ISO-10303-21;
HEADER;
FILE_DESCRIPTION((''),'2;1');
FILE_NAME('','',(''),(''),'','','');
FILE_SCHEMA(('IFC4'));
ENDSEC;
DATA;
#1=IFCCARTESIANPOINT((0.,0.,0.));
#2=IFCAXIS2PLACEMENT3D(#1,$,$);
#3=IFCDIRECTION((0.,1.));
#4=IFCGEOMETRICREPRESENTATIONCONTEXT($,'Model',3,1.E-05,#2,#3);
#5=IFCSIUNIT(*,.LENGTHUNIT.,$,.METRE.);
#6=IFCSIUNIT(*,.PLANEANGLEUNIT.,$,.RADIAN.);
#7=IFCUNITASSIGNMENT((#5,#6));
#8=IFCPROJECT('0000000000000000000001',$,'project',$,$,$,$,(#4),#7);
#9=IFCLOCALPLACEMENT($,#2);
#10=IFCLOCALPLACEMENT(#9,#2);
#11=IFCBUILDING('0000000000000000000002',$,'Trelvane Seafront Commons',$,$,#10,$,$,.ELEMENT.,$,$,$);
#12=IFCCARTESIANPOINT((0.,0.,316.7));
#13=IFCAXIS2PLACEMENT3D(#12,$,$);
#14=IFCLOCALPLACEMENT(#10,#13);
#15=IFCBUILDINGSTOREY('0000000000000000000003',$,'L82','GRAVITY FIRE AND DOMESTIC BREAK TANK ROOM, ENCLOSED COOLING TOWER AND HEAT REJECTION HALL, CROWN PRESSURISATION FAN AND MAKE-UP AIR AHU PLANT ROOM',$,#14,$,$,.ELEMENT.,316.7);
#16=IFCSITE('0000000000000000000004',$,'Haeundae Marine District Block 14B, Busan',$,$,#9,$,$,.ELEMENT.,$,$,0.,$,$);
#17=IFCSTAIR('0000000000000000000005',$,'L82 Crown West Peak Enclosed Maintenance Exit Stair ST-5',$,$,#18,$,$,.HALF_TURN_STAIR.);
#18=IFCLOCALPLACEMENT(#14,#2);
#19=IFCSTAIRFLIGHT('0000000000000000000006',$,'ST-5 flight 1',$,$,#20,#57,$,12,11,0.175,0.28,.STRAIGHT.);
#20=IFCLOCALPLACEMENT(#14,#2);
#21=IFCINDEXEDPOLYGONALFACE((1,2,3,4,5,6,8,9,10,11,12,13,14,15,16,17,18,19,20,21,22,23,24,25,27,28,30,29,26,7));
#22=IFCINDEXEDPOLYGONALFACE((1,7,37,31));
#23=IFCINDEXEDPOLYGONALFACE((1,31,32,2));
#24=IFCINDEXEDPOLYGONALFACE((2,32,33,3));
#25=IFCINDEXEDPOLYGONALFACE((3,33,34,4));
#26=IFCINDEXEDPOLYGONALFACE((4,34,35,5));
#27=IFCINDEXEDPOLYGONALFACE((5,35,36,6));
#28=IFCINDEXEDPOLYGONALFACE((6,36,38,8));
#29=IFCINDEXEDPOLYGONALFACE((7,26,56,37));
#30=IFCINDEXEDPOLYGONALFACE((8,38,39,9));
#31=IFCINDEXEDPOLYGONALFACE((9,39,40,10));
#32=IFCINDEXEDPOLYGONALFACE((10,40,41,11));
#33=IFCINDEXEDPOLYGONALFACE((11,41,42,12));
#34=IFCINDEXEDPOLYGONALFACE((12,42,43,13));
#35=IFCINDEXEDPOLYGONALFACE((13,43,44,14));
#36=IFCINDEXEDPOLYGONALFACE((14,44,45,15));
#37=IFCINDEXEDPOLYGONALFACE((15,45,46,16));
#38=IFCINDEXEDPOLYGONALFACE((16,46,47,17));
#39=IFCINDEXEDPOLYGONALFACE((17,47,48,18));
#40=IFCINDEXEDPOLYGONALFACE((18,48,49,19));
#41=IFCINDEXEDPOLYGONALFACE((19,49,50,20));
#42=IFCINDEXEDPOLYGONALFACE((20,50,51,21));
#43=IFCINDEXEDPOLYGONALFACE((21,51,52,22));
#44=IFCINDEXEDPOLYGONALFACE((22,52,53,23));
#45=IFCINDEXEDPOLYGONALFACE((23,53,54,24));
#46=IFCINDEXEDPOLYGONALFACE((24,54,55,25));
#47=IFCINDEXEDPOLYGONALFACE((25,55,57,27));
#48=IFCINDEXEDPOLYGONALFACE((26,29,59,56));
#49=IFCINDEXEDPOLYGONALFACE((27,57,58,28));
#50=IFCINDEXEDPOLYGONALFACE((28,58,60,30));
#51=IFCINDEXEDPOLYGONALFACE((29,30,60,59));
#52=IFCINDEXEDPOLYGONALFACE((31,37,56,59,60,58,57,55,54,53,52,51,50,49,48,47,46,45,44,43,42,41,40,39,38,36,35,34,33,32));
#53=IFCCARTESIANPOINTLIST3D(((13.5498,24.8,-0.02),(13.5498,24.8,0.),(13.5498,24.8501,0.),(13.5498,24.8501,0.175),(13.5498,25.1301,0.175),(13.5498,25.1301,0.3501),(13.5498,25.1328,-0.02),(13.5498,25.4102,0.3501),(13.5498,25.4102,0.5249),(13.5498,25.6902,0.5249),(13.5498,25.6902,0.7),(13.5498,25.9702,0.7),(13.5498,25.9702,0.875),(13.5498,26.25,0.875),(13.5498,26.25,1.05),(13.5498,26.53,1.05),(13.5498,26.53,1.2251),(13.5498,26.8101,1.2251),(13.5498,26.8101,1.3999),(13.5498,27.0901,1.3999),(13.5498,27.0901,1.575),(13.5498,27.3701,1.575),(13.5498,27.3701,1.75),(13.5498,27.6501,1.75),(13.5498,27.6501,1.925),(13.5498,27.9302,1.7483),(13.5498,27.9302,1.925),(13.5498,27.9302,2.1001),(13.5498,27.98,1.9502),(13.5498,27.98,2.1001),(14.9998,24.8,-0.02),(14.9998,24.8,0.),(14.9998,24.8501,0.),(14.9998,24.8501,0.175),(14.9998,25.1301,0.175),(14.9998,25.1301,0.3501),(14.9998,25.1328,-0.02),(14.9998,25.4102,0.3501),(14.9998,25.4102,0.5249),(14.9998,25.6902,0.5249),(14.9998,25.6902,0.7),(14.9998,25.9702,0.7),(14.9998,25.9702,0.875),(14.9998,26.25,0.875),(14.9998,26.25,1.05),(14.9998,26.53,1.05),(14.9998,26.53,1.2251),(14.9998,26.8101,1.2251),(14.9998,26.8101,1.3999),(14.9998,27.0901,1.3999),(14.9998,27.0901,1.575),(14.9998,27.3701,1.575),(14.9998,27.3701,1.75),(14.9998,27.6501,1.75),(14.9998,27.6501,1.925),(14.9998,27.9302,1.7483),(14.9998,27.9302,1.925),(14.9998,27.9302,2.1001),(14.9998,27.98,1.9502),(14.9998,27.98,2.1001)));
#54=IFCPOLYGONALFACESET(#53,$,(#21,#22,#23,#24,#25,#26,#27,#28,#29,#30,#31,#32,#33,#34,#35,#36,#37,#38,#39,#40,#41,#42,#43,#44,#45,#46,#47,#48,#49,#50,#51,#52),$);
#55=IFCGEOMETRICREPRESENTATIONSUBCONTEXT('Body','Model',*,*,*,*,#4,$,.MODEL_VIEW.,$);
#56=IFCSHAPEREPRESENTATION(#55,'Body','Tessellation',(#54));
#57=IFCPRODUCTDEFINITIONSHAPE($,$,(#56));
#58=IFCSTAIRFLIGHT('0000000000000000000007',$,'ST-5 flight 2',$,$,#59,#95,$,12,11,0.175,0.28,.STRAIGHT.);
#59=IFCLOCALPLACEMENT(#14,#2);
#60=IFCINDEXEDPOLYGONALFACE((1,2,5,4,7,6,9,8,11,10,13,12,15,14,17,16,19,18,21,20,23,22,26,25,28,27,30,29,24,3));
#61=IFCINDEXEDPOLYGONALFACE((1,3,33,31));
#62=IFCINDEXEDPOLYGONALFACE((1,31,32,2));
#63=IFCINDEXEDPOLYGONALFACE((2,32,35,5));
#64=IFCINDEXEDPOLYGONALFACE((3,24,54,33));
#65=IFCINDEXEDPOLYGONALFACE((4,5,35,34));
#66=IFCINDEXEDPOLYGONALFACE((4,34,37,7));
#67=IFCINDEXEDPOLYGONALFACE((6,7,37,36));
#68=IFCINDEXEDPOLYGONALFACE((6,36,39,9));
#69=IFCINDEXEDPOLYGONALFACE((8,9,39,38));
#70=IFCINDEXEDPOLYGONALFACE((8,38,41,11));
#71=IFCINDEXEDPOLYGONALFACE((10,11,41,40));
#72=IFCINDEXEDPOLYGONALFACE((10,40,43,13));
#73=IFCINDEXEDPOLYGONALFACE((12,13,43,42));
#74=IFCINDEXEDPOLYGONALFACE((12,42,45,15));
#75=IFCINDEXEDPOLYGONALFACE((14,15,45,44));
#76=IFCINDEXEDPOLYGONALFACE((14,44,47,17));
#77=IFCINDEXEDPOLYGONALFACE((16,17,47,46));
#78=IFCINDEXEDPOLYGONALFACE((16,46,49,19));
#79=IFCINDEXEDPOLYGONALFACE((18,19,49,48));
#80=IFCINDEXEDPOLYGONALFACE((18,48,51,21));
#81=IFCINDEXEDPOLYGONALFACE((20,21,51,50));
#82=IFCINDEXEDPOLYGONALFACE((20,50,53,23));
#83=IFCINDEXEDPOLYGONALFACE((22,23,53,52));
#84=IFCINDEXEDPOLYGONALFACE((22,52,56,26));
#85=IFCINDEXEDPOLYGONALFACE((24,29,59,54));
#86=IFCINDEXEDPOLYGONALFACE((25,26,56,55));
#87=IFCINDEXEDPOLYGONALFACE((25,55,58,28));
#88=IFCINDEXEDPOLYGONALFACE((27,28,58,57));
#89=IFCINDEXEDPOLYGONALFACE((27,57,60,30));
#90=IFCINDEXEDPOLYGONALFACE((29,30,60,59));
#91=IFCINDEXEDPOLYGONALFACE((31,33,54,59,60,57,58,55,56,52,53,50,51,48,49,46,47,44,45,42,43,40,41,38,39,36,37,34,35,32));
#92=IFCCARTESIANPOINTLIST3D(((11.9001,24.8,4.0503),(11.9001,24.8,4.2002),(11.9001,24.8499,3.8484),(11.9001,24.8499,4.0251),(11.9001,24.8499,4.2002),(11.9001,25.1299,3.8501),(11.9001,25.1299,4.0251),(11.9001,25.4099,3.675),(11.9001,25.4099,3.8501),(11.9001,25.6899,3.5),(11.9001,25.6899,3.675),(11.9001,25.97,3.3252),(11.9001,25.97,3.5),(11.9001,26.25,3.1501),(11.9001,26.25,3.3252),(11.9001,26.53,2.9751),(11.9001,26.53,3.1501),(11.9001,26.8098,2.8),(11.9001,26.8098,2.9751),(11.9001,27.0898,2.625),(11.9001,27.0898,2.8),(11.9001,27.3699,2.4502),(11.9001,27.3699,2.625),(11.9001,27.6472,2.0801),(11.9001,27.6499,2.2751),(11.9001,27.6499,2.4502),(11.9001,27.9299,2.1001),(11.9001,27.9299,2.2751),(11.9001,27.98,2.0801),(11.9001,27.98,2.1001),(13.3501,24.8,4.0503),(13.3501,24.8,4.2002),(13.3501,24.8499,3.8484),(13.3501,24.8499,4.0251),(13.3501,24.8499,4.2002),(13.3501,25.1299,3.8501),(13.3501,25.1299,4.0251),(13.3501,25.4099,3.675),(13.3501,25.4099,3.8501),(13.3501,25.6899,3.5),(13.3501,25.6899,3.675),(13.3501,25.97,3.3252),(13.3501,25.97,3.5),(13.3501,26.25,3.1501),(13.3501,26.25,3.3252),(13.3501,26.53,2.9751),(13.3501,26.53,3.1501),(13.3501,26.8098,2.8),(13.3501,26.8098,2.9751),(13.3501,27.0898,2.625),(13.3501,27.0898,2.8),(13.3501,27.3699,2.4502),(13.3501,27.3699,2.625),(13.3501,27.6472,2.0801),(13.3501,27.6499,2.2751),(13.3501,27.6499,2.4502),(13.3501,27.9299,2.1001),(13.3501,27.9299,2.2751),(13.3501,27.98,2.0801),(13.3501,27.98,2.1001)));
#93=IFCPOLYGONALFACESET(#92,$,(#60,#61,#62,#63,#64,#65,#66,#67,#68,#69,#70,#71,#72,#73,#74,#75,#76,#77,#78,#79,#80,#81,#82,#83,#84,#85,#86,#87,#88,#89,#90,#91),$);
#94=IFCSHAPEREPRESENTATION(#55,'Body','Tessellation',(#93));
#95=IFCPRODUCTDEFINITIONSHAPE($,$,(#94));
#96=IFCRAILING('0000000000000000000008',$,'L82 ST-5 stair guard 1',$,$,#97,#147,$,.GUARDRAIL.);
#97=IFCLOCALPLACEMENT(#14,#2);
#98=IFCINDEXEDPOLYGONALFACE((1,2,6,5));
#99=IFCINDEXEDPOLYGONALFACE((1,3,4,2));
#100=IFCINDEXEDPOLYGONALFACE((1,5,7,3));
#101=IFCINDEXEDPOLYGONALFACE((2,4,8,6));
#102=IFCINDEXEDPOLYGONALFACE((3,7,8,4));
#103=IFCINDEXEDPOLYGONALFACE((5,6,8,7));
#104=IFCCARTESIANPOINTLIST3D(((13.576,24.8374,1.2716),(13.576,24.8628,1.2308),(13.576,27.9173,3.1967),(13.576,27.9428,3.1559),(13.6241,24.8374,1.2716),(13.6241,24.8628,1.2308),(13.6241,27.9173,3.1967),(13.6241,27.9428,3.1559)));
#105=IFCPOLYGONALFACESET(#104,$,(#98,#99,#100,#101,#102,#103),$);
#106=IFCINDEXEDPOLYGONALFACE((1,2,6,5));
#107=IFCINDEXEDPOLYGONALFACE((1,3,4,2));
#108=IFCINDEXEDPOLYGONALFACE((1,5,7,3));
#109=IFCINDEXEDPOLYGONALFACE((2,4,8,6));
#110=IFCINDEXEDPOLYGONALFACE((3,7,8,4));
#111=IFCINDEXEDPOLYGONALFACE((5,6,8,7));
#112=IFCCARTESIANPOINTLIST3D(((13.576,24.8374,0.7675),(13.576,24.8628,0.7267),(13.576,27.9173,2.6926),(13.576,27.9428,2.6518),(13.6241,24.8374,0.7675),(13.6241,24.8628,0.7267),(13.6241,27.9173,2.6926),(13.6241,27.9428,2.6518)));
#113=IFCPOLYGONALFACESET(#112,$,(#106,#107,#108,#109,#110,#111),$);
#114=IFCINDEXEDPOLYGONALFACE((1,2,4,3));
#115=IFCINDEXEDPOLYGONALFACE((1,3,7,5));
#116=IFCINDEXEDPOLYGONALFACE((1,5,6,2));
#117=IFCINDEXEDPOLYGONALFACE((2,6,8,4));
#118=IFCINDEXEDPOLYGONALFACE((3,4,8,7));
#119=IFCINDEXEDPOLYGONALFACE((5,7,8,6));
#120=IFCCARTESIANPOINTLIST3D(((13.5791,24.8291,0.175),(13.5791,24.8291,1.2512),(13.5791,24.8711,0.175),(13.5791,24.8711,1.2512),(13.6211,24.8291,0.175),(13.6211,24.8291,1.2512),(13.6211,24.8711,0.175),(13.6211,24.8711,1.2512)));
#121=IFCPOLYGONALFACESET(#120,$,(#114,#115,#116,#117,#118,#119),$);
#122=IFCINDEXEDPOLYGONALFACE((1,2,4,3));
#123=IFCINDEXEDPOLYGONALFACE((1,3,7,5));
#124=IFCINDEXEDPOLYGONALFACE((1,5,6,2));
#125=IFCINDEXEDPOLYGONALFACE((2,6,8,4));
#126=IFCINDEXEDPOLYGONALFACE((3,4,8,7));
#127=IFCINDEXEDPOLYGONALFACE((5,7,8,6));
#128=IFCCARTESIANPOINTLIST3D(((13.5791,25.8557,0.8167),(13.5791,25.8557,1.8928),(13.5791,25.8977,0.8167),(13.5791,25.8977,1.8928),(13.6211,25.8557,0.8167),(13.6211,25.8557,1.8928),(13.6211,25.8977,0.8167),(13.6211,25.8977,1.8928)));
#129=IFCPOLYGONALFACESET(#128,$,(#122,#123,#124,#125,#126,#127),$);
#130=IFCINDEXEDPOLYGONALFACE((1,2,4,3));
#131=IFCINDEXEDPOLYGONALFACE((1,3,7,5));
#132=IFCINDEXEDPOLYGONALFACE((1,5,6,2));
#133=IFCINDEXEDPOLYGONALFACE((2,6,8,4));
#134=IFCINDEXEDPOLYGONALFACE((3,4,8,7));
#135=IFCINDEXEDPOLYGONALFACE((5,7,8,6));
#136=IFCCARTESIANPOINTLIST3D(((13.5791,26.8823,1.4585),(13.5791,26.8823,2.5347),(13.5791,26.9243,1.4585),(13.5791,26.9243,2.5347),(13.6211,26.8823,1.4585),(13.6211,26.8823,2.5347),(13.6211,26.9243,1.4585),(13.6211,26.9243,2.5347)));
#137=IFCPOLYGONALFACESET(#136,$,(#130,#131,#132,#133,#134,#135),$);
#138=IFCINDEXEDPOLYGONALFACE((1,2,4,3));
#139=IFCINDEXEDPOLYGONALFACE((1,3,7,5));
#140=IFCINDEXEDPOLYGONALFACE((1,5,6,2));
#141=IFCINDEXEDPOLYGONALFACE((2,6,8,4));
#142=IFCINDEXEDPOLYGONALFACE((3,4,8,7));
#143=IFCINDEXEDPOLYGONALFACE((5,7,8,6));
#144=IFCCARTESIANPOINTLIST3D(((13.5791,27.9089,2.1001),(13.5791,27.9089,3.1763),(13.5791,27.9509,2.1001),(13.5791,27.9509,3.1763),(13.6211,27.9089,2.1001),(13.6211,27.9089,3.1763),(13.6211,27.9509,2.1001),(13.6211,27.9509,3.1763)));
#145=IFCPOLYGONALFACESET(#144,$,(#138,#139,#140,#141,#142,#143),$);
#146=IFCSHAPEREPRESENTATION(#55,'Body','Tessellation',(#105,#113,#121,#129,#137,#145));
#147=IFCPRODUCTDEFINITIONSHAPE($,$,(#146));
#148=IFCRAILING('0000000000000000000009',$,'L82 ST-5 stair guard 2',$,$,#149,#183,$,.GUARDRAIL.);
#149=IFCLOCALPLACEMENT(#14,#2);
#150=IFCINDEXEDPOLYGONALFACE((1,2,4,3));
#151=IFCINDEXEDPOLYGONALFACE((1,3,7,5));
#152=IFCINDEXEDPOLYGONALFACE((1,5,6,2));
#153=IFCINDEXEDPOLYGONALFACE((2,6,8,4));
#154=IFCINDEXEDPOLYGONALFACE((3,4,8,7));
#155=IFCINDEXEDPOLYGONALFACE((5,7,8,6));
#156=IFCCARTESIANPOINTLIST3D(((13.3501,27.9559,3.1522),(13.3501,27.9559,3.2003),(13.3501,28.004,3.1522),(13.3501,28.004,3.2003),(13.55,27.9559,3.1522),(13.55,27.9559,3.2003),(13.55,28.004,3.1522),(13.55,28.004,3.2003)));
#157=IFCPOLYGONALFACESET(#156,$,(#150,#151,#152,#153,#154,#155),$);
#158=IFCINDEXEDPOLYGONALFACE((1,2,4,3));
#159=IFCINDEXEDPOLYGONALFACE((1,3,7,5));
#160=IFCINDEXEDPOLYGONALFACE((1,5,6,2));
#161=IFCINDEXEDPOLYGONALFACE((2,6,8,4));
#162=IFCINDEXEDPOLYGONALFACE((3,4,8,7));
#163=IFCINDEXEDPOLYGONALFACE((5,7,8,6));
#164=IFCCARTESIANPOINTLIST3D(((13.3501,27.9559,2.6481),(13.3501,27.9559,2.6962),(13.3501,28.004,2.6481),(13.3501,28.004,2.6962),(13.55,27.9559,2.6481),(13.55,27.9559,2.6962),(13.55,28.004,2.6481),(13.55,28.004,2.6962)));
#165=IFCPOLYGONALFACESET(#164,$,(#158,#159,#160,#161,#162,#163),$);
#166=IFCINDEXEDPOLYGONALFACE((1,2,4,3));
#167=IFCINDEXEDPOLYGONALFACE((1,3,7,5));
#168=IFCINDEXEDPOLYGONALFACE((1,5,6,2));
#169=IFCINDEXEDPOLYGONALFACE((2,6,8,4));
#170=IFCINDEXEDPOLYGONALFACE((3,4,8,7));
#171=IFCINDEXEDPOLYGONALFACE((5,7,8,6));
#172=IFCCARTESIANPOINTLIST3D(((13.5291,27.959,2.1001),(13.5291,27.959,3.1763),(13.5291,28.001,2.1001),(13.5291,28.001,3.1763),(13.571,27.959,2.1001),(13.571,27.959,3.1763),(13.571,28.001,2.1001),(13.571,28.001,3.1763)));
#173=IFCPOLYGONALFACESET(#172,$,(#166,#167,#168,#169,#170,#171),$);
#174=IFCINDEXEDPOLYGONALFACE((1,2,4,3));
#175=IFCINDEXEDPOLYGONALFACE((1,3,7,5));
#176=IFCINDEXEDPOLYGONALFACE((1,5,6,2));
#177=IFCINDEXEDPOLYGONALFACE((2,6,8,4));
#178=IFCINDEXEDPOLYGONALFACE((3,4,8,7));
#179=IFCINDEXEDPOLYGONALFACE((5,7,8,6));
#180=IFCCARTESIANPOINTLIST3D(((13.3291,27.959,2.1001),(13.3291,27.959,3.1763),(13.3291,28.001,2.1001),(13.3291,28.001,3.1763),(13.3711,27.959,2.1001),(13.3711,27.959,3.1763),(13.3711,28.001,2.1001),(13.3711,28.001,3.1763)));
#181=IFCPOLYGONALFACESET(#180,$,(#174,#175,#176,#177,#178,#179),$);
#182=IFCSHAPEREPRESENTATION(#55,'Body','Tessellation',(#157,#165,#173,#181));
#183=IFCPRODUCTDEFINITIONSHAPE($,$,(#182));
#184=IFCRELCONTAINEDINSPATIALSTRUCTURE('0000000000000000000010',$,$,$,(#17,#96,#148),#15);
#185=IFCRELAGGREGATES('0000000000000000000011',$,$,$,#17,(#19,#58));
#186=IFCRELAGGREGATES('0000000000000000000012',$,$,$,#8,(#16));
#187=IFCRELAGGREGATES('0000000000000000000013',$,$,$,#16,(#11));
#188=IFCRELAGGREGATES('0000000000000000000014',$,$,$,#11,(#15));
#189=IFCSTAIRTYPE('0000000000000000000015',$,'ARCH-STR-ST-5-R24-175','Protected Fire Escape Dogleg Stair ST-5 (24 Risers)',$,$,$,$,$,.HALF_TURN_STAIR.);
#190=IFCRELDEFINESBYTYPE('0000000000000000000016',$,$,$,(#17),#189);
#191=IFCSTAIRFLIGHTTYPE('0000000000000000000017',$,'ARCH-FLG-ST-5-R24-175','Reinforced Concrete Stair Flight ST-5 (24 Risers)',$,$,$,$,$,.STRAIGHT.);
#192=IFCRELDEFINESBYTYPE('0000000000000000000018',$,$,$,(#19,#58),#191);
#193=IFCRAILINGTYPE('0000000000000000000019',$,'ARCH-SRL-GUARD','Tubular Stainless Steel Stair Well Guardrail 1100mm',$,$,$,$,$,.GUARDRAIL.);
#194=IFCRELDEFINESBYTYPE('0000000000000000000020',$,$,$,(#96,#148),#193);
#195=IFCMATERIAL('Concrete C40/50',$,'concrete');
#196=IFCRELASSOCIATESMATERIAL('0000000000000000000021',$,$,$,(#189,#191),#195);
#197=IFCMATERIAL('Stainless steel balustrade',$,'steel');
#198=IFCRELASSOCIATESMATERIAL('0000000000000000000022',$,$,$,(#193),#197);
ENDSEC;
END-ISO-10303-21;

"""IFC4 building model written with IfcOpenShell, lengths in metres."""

from ifc_helpers import new_model, si_unit, direction, frame, origin, origin_2d, place, context, subcontext, project, spatial, polyline, rectangle, outline, extrude, source, transform, mapped, material, type_object, element, aggregate, save


model = new_model("IFC4")

# Units and contexts
model_context = context("Model", 3, precision=1e-05, world=origin(), true_north=direction((0.0, 1.0)))
body_context = subcontext(model_context, "Body", "Model", "MODEL_VIEW")
ifc_project = project(units=[si_unit("LENGTHUNIT", "METRE"), si_unit("PLANEANGLEUNIT", "RADIAN")], contexts=[model_context])

# Site, building, storey
site_placement = place(None, origin())
site = spatial("IfcSite", under=ifc_project, at=site_placement, Name="Haeundae Marine District Block 14B, Busan", CompositionType="ELEMENT", RefElevation=0.0)
building_placement = place(site_placement, origin())
building = spatial("IfcBuilding", under=site, at=building_placement, Name="Trelvane Seafront Commons", CompositionType="ELEMENT")
storey_placement = place(building_placement, frame((0.0, 0.0, 316.7)))
storey = spatial("IfcBuildingStorey", under=building, at=storey_placement, Name="L82", Description="GRAVITY FIRE AND DOMESTIC BREAK TANK ROOM, ENCLOSED COOLING TOWER AND HEAT REJECTION HALL, CROWN PRESSURISATION FAN AND MAKE-UP AIR AHU PLANT ROOM", CompositionType="ELEMENT", Elevation=316.7)

# Shared definitions
ifc_material_1 = material(Name="Concrete C40/50", Category="concrete")

# Stair, stair flights
stair_type = type_object("IfcStairType", Name="ARCH-STR-ST-5-R24-175", Description="Protected Fire Escape Dogleg Stair ST-5 (24 Risers)", PredefinedType="HALF_TURN_STAIR", material=ifc_material_1)
stair_placement = place(storey_placement, origin())
stair = element("IfcStair", 1, at=stair_placement, inside=storey, type_object=stair_type, Name="L82 Crown West Peak Enclosed Maintenance Exit Stair ST-5", PredefinedType="HALF_TURN_STAIR")
stair_flight_type = type_object("IfcStairFlightType", Name="ARCH-FLG-ST-5-R24-175", Description="Reinforced Concrete Stair Flight ST-5 (24 Risers)", PredefinedType="STRAIGHT", material=ifc_material_1)
shared_shape_1 = source(origin(), body_context, "Body", "SweptSolid", [
    extrude(outline(polyline([(-0.05, -0.02), (-0.05, 0.0), (0.0, 0.0), (0.0, 0.175), (0.28, 0.175), (0.28, 0.3501), (0.5601, 0.3501), (0.5601, 0.5249), (0.8401, 0.5249), (0.8401, 0.7), (1.1201, 0.7), (1.1201, 0.875), (1.3999, 0.875), (1.3999, 1.05), (1.6799, 1.05), (1.6799, 1.2251), (1.96, 1.2251), (1.96, 1.3999), (2.24, 1.3999), (2.24, 1.575), (2.52, 1.575), (2.52, 1.75), (2.8, 1.75), (2.8, 1.925), (3.0801, 1.925), (3.0801, 2.1001), (3.1299, 2.1001), (3.1299, 1.9502), (3.0801, 1.7483), (0.2827, -0.02), (-0.05, -0.02)])), frame((0.0, 0.7251, 0.0), z_axis=(0.0, -1.0, 0.0), x_axis=(1.0, 0.0, 0.0)), (0.0, 0.0, 1.0), 1.45),
])
stair_flight_1_placement = place(storey_placement, frame((14.2749, 24.8501, 0.0), z_axis=(0.0, 0.0, 1.0), x_axis=(0.0, 1.0, 0.0)))
stair_flight_1 = element("IfcStairFlight", 2, at=stair_flight_1_placement, type_object=stair_flight_type, Name="ST-5 flight 1", NumberOfRisers=12, NumberOfTreads=11, PredefinedType="STRAIGHT", RiserHeight=0.175, TreadLength=0.28, context=body_context, shape_type="MappedRepresentation", body=[
    mapped(shared_shape_1, transform((0.0, 0.0, 0.0), x_axis=(1.0, 0.0, 0.0), y_axis=(0.0, 1.0, 0.0), z_axis=(0.0, 0.0, 1.0), scale=1.0)),
])
stair_flight_2_placement = place(storey_placement, frame((12.625, 27.9299, 2.1001), z_axis=(0.0, 0.0, 1.0), x_axis=(0.0, -1.0, 0.0)))
stair_flight_2 = element("IfcStairFlight", 3, at=stair_flight_2_placement, type_object=stair_flight_type, Name="ST-5 flight 2", NumberOfRisers=12, NumberOfTreads=11, PredefinedType="STRAIGHT", RiserHeight=0.175, TreadLength=0.28, context=body_context, shape_type="MappedRepresentation", body=[
    mapped(shared_shape_1, transform((0.0, 0.0, 0.0), x_axis=(1.0, 0.0, 0.0), y_axis=(0.0, 1.0, 0.0), z_axis=(0.0, 0.0, 1.0), scale=1.0)),
])
aggregate(stair, [stair_flight_1, stair_flight_2])

# Railings
ifc_material_2 = material(Name="Stainless steel balustrade", Category="steel")
railing_type_1 = type_object("IfcRailingType", Name="ARCH-SRL-GUARD", Description="Tubular Stainless Steel Stair Well Guardrail 1100mm", PredefinedType="GUARDRAIL", material=ifc_material_2)
railing_1_placement = place(storey_placement, frame((13.6001, 24.8501, 0.175)))
element("IfcRailing", 4, at=railing_1_placement, inside=storey, type_object=railing_type_1, Name="L82 ST-5 stair guard 1", PredefinedType="GUARDRAIL", context=body_context, shape_type="SweptSolid", body=[
    extrude(rectangle(XDim=0.0481, YDim=0.0481, at=origin_2d()), frame((0.0, 0.0, 1.0762), z_axis=(0.0, 0.847979, 0.530029), x_axis=(-1.0, 0.0, 0.0)), (0.0, 0.0, 1.0), 3.6321),
    extrude(rectangle(XDim=0.0481, YDim=0.0481, at=origin_2d()), frame((0.0, 0.0, 0.572), z_axis=(0.0, 0.847979, 0.530029), x_axis=(-1.0, 0.0, 0.0)), (0.0, 0.0, 1.0), 3.6321),
    extrude(rectangle(XDim=0.042, YDim=0.042, at=origin_2d()), origin(), (0.0, 0.0, 1.0), 1.0762),
    extrude(rectangle(XDim=0.042, YDim=0.042, at=origin_2d()), frame((0.0, 1.0266, 0.6416)), (0.0, 0.0, 1.0), 1.0762),
    extrude(rectangle(XDim=0.042, YDim=0.042, at=origin_2d()), frame((0.0, 2.0532, 1.2834)), (0.0, 0.0, 1.0), 1.0762),
    extrude(rectangle(XDim=0.042, YDim=0.042, at=origin_2d()), frame((0.0, 3.0798, 1.925)), (0.0, 0.0, 1.0), 1.0762),
])
railing_2_placement = place(storey_placement, frame((13.55, 27.98, 2.1001)))
element("IfcRailing", 5, at=railing_2_placement, inside=storey, type_object=railing_type_1, Name="L82 ST-5 stair guard 2", PredefinedType="GUARDRAIL", context=body_context, shape_type="SweptSolid", body=[
    extrude(rectangle(XDim=0.0481, YDim=0.0481, at=origin_2d()), frame((0.0, 0.0, 1.0762), z_axis=(-1.0, 0.0, 0.0), x_axis=(0.0, -1.0, 0.0)), (0.0, 0.0, 1.0), 0.2),
    extrude(rectangle(XDim=0.0481, YDim=0.0481, at=origin_2d()), frame((0.0, 0.0, 0.572), z_axis=(-1.0, 0.0, 0.0), x_axis=(0.0, -1.0, 0.0)), (0.0, 0.0, 1.0), 0.2),
    extrude(rectangle(XDim=0.042, YDim=0.042, at=origin_2d()), origin(), (0.0, 0.0, 1.0), 1.0762),
    extrude(rectangle(XDim=0.042, YDim=0.042, at=origin_2d()), frame((-0.2, 0.0, 0.0)), (0.0, 0.0, 1.0), 1.0762),
])

save(model, "model.ifc")
